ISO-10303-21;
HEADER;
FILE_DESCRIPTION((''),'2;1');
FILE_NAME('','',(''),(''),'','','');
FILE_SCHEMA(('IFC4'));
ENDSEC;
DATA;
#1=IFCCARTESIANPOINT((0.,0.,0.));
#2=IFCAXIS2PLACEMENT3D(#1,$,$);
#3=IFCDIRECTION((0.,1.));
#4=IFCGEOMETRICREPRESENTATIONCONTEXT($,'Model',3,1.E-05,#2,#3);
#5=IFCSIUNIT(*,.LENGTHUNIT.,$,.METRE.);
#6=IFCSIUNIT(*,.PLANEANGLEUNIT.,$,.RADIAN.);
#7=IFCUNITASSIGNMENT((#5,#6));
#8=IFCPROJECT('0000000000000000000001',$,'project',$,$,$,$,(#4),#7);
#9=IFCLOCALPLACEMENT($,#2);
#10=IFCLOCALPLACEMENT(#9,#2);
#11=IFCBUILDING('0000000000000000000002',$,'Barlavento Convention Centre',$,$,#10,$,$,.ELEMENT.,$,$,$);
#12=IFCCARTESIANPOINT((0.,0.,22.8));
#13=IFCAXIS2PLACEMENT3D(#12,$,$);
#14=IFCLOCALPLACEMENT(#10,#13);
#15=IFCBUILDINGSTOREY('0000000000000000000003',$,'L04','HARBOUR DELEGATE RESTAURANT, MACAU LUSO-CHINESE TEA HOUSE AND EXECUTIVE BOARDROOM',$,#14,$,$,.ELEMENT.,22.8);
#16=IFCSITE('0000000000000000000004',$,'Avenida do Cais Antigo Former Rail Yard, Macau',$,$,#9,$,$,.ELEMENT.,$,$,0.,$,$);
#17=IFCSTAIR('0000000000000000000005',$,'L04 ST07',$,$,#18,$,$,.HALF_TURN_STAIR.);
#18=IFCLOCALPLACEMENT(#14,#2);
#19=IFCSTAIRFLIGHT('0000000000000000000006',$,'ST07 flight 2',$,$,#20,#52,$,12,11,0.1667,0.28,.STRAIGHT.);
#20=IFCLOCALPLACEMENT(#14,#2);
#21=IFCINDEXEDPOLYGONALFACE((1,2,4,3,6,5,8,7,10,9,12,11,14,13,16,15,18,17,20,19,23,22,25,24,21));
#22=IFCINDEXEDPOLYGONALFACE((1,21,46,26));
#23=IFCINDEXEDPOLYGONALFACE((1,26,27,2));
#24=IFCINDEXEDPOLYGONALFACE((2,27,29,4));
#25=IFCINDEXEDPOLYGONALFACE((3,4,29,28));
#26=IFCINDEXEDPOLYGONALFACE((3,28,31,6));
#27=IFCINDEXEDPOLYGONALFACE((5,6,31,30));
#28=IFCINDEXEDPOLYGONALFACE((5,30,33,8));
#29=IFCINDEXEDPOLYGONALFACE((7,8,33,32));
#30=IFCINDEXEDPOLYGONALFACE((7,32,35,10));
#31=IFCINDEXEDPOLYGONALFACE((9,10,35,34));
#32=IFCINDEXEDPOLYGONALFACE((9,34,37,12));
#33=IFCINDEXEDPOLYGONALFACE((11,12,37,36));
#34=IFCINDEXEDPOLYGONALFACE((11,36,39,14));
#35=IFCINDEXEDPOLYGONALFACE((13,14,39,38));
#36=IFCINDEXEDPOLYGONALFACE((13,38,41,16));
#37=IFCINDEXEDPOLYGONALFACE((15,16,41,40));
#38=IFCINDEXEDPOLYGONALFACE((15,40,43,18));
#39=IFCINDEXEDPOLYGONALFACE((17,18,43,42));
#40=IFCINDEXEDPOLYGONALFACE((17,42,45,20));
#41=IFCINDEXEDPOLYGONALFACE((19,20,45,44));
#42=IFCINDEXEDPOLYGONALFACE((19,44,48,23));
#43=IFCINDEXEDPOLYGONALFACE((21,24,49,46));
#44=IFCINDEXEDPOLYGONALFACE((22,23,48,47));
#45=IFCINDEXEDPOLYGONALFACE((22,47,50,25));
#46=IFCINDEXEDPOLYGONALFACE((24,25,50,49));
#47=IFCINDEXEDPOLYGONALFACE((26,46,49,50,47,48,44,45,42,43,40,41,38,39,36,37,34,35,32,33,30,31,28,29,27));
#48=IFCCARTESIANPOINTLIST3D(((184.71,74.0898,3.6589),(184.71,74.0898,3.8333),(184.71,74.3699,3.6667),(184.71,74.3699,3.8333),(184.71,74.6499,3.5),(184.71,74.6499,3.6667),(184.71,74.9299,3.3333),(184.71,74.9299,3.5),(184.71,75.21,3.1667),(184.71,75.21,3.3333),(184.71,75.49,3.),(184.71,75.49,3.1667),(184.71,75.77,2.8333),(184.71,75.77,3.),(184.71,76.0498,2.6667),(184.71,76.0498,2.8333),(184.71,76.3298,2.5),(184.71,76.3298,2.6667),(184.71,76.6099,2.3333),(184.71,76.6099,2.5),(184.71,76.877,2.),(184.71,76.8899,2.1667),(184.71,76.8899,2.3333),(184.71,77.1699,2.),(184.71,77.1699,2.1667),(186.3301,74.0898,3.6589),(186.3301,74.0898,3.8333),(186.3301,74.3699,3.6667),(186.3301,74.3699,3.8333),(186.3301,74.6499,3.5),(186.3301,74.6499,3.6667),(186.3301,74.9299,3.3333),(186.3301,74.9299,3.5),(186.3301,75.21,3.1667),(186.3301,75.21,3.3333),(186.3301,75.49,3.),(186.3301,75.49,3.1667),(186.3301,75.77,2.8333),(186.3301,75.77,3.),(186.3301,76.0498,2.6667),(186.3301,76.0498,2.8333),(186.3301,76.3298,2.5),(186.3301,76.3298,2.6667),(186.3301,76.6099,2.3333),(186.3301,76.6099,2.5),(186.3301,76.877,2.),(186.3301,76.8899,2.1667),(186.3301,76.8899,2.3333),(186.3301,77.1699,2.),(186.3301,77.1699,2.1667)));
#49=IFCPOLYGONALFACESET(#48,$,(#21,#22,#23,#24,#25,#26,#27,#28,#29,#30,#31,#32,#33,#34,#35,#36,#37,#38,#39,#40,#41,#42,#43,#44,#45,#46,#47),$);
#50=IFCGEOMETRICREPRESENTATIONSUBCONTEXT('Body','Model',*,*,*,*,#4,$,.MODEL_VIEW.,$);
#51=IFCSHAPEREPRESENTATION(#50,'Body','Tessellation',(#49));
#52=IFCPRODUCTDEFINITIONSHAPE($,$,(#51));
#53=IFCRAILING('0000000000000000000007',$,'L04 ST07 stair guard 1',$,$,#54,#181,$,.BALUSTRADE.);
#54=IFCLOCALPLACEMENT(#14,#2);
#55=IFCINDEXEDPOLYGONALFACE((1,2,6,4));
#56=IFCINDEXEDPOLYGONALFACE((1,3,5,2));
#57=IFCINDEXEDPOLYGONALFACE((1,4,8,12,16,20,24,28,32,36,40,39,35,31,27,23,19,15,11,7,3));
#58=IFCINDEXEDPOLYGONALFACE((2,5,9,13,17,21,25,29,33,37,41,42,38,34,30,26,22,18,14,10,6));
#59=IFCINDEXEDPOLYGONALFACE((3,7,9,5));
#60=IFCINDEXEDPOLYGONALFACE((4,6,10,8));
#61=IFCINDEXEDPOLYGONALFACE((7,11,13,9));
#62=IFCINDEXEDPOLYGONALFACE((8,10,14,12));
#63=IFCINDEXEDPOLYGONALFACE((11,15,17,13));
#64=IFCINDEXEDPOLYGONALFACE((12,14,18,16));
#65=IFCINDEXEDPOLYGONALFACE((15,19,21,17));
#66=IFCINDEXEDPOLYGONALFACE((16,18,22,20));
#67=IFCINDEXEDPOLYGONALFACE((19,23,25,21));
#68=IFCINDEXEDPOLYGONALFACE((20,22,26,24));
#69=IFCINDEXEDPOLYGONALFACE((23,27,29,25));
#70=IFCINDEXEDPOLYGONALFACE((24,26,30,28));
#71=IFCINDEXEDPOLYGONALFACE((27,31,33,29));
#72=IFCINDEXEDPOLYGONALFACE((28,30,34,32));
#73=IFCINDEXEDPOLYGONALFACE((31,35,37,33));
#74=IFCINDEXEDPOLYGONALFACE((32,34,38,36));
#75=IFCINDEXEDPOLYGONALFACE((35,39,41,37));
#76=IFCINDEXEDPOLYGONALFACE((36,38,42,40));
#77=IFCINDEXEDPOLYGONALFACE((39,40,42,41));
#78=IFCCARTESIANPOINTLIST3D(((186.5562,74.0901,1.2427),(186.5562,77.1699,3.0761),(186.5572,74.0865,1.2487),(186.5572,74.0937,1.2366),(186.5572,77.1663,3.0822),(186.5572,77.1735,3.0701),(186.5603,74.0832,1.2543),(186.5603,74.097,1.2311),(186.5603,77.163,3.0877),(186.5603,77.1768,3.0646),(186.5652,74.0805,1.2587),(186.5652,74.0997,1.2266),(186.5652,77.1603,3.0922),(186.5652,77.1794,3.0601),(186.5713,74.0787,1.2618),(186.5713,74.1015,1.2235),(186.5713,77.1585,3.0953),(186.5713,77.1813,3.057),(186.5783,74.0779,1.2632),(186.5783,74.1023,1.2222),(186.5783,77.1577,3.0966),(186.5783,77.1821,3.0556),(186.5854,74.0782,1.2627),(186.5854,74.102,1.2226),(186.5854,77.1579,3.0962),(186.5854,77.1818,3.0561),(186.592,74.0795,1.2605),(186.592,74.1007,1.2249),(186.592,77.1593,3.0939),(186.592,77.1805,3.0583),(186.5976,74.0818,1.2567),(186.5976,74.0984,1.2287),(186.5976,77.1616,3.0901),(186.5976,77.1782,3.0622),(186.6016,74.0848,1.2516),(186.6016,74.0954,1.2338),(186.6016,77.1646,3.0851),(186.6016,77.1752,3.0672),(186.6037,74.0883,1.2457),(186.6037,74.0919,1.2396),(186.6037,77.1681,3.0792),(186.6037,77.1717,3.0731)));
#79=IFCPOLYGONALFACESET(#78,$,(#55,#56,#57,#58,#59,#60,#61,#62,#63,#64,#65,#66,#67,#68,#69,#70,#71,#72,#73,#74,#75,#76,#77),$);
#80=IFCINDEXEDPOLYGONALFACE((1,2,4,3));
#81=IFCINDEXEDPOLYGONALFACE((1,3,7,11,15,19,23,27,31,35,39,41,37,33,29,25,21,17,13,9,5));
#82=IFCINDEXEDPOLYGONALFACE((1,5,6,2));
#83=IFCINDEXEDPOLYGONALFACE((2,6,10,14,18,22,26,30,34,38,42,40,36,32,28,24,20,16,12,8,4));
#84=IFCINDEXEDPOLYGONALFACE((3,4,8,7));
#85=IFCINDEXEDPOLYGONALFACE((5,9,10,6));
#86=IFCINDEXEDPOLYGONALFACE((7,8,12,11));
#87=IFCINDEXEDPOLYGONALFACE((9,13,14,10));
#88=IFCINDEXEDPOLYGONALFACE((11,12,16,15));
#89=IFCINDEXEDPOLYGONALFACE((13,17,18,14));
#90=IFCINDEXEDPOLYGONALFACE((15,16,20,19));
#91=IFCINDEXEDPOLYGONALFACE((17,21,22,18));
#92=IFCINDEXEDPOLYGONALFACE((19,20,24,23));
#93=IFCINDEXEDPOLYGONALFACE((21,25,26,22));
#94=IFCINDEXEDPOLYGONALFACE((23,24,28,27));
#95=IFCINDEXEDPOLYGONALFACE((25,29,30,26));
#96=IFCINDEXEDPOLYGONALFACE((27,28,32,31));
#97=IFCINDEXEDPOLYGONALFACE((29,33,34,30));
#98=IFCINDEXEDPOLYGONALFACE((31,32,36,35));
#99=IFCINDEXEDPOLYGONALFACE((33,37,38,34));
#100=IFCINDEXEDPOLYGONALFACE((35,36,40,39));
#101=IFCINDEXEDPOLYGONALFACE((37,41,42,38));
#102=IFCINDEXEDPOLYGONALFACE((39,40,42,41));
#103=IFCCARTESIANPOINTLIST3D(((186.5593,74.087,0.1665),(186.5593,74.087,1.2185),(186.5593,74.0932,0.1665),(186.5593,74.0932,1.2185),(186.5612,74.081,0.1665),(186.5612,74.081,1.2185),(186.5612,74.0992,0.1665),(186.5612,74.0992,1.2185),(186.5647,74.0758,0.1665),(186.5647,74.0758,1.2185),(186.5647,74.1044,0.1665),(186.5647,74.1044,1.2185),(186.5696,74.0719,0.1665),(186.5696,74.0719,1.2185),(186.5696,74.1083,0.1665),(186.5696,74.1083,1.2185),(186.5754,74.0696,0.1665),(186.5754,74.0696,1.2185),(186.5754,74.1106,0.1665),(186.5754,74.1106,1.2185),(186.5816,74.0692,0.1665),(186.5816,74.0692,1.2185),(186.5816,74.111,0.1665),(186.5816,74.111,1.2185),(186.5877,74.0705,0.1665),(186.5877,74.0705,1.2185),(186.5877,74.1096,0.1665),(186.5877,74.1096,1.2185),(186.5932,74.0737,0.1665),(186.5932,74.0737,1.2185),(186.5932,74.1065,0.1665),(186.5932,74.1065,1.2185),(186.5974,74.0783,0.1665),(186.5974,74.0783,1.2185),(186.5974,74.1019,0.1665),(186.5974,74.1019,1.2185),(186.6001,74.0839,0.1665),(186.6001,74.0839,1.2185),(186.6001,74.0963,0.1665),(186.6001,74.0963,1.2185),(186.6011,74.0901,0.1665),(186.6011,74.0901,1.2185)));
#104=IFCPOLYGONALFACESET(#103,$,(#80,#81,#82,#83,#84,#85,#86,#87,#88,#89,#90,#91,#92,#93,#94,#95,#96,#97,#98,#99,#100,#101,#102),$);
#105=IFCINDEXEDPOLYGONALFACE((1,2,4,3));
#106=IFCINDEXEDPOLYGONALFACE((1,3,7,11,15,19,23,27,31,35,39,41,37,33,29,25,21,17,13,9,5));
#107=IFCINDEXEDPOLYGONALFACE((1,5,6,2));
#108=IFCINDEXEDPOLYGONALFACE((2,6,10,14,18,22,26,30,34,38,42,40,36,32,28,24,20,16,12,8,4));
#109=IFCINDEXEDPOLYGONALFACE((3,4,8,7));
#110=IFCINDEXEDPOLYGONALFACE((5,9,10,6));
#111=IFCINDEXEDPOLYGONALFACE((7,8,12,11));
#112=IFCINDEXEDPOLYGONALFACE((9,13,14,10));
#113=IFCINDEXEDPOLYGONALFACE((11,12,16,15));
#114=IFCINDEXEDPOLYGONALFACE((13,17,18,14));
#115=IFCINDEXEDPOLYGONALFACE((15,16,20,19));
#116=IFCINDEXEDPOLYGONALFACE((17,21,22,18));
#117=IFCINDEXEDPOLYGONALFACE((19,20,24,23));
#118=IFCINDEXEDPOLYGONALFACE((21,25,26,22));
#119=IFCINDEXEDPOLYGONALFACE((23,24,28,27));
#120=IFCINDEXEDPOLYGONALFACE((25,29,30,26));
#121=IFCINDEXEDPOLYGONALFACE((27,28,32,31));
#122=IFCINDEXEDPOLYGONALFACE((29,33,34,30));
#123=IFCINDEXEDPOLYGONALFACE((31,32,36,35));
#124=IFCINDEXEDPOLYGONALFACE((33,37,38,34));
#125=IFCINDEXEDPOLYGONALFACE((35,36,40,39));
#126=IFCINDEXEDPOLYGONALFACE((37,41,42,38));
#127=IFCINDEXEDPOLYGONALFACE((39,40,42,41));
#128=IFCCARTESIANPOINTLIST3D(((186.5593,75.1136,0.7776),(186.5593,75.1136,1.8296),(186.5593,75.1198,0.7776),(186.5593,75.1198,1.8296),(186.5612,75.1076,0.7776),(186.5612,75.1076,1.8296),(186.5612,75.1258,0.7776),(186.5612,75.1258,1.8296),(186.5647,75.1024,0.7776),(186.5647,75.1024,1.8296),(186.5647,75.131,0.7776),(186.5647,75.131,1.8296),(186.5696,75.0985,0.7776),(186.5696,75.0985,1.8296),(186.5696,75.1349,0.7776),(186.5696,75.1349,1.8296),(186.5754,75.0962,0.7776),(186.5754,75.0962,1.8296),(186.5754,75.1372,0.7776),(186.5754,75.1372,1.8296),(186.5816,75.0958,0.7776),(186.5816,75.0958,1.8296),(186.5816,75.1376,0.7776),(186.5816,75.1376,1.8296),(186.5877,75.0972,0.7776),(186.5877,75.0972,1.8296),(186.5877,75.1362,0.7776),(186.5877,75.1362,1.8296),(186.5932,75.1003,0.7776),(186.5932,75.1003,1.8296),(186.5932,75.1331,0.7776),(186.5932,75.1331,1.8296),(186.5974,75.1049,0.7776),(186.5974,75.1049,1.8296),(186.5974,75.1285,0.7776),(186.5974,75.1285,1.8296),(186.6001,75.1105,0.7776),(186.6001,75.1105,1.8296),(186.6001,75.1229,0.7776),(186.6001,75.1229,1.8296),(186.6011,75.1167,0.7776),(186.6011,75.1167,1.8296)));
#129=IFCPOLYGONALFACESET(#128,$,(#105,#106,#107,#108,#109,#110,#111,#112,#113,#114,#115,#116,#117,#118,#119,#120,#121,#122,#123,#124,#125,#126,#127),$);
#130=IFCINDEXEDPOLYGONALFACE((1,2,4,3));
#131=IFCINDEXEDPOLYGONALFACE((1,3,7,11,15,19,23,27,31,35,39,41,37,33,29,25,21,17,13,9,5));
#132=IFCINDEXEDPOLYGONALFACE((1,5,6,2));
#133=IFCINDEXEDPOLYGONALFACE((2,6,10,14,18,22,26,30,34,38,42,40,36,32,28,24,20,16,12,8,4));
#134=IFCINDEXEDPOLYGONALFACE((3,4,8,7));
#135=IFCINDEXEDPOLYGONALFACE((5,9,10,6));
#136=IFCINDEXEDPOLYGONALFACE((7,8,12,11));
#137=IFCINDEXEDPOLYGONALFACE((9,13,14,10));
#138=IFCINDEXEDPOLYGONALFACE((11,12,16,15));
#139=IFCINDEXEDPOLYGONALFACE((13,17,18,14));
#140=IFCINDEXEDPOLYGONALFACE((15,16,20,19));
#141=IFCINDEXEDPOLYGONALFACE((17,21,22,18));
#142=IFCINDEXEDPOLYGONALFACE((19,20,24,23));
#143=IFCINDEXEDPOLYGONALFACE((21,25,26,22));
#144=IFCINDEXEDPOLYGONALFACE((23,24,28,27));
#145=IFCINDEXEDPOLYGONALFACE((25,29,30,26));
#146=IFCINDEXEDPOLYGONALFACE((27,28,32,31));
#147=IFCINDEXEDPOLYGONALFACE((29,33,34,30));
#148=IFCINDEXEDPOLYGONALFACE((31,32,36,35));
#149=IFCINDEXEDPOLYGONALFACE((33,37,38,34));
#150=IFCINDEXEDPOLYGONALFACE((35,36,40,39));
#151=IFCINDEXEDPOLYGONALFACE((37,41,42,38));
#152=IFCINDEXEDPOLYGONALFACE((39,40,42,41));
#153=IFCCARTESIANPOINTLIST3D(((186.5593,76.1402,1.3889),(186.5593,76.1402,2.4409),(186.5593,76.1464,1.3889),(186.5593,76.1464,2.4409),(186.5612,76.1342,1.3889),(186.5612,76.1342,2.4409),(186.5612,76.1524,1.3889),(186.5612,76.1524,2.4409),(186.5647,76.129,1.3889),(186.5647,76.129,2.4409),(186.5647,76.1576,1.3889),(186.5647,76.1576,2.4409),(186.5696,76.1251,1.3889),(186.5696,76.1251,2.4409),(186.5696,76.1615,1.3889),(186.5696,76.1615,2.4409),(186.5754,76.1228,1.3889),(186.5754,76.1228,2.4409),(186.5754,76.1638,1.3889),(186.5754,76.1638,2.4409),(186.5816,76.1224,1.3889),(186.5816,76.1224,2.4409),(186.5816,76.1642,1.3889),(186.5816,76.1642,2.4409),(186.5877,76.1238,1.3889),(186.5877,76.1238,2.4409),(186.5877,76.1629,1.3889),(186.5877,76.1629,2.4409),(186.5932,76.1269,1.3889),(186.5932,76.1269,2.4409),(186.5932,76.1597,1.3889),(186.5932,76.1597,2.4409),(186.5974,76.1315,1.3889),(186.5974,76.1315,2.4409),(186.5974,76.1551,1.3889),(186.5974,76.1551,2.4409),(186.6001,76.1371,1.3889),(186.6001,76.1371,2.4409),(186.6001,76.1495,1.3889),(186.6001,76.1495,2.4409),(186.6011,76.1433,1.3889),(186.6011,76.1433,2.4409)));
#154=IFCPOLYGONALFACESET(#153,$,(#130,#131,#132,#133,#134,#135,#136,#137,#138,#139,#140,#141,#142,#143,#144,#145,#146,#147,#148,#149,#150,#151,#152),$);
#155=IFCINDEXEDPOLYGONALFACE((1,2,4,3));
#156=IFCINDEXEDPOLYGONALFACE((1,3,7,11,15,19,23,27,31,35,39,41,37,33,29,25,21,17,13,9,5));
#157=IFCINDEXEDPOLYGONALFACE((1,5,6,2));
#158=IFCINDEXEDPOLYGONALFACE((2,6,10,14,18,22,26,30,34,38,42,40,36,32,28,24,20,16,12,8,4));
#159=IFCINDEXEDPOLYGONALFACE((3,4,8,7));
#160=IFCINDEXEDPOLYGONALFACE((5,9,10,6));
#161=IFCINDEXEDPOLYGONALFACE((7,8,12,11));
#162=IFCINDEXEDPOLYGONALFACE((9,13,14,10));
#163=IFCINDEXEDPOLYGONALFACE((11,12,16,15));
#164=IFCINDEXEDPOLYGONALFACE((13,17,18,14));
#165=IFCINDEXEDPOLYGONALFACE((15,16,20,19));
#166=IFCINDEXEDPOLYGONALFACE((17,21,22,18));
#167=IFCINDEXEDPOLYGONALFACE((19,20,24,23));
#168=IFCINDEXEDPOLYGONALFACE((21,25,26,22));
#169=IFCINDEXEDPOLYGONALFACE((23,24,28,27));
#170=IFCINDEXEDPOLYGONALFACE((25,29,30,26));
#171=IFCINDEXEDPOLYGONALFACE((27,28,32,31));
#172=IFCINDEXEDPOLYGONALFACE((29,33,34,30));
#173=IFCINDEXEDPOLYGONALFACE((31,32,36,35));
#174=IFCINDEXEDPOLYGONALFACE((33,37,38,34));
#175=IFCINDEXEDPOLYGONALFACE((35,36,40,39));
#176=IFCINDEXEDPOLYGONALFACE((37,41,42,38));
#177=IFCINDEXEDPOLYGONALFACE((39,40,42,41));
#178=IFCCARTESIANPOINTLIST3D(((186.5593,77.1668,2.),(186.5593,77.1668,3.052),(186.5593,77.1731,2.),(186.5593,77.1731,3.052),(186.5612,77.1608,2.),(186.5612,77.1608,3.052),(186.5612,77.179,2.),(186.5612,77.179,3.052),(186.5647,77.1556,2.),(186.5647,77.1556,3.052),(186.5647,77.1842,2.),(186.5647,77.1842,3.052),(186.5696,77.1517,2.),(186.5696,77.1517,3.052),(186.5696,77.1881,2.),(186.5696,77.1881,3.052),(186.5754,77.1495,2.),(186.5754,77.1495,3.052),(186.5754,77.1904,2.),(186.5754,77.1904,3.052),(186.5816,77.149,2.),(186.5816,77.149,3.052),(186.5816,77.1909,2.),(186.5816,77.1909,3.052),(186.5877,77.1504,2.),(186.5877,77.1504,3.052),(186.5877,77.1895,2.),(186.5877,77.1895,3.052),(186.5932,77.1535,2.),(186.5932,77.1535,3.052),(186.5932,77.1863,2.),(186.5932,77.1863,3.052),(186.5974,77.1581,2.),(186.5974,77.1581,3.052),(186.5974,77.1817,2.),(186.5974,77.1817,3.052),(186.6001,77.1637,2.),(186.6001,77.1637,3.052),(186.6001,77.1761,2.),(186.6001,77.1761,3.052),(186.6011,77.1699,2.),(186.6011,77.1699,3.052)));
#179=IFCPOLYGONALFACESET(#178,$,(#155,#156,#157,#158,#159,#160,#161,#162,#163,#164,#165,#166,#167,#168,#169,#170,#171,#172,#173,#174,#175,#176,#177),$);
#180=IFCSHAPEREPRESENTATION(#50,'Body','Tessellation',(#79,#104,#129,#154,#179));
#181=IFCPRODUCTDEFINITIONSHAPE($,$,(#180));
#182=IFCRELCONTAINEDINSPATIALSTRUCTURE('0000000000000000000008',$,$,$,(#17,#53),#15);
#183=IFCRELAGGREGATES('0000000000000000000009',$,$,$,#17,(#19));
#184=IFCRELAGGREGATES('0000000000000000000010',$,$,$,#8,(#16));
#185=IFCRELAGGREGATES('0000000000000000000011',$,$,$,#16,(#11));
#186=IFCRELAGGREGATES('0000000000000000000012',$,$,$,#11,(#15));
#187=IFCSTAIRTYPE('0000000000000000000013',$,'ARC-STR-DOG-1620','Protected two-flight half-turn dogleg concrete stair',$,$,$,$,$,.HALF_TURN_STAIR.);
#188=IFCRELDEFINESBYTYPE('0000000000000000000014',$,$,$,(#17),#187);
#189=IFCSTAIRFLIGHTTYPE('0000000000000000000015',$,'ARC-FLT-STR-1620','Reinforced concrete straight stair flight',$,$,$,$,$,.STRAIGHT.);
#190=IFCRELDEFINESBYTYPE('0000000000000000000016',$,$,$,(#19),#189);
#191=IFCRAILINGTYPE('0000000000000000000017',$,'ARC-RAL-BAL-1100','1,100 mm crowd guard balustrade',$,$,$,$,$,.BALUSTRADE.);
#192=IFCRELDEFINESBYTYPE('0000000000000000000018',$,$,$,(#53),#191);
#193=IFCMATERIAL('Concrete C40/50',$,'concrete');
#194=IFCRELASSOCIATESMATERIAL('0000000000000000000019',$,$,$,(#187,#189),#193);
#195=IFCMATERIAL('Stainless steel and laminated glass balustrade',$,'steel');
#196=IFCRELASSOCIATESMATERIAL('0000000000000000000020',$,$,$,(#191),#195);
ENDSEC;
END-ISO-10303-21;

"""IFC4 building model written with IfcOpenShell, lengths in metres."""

from ifc_helpers import new_model, si_unit, direction, frame, origin, origin_2d, place, context, subcontext, project, spatial, polyline, circle, outline, extrude, material, type_object, element, aggregate, save


model = new_model("IFC4")

# Units and contexts
model_context = context("Model", 3, precision=1e-05, world=origin(), true_north=direction((0.0, 1.0)))
body_context = subcontext(model_context, "Body", "Model", "MODEL_VIEW")
ifc_project = project(units=[si_unit("LENGTHUNIT", "METRE"), si_unit("PLANEANGLEUNIT", "RADIAN")], contexts=[model_context])

# Site, building, storey
site_placement = place(None, origin())
site = spatial("IfcSite", under=ifc_project, at=site_placement, Name="Avenida do Cais Antigo Former Rail Yard, Macau", CompositionType="ELEMENT", RefElevation=0.0)
building_placement = place(site_placement, origin())
building = spatial("IfcBuilding", under=site, at=building_placement, Name="Barlavento Convention Centre", CompositionType="ELEMENT")
storey_placement = place(building_placement, frame((0.0, 0.0, 22.8)))
storey = spatial("IfcBuildingStorey", under=building, at=storey_placement, Name="L04", Description="HARBOUR DELEGATE RESTAURANT, MACAU LUSO-CHINESE TEA HOUSE AND EXECUTIVE BOARDROOM", CompositionType="ELEMENT", Elevation=22.8)

# Stair, stair flight
ifc_material_1 = material(Name="Concrete C40/50", Category="concrete")
stair_type = type_object("IfcStairType", Name="ARC-STR-DOG-1620", Description="Protected two-flight half-turn dogleg concrete stair", PredefinedType="HALF_TURN_STAIR", material=ifc_material_1)
stair_placement = place(storey_placement, origin())
stair = element("IfcStair", 1, at=stair_placement, inside=storey, type_object=stair_type, Name="L04 ST07", PredefinedType="HALF_TURN_STAIR")
stair_flight_type = type_object("IfcStairFlightType", Name="ARC-FLT-STR-1620", Description="Reinforced concrete straight stair flight", PredefinedType="STRAIGHT", material=ifc_material_1)
stair_flight_1_placement = place(storey_placement, frame((185.52, 77.1699, 2.0), z_axis=(0.0, 0.0, 1.0), x_axis=(0.0, -1.0, 0.0)))
stair_flight_1 = element("IfcStairFlight", 2, at=stair_flight_1_placement, type_object=stair_flight_type, Name="ST07 flight 2", NumberOfRisers=12, NumberOfTreads=11, PredefinedType="STRAIGHT", RiserHeight=0.1667, TreadLength=0.28, context=body_context, shape_type="SweptSolid", body=[
    extrude(outline(polyline([(0.0, 0.0), (0.0, 0.1667), (0.28, 0.1667), (0.28, 0.3333), (0.5601, 0.3333), (0.5601, 0.5), (0.8401, 0.5), (0.8401, 0.6667), (1.1201, 0.6667), (1.1201, 0.8333), (1.3999, 0.8333), (1.3999, 1.0), (1.6799, 1.0), (1.6799, 1.1667), (1.96, 1.1667), (1.96, 1.3333), (2.24, 1.3333), (2.24, 1.5), (2.52, 1.5), (2.52, 1.6667), (2.8, 1.6667), (2.8, 1.8333), (3.0801, 1.8333), (3.0801, 2.0), (3.0801, 1.6589), (0.293, 0.0), (0.0, 0.0)])), frame((0.0, 0.8101, 0.0), z_axis=(0.0, -1.0, 0.0), x_axis=(1.0, 0.0, 0.0)), (0.0, 0.0, 1.0), 1.6201),
])
aggregate(stair, [stair_flight_1])

# Railing
ifc_material_2 = material(Name="Stainless steel and laminated glass balustrade", Category="steel")
railing_type_1 = type_object("IfcRailingType", Name="ARC-RAL-BAL-1100", Description="1,100 mm crowd guard balustrade", PredefinedType="BALUSTRADE", material=ifc_material_2)
railing_1_placement = place(storey_placement, frame((186.5801, 74.0901, 0.1665)))
element("IfcRailing", 3, at=railing_1_placement, inside=storey, type_object=railing_type_1, Name="L04 ST07 stair guard 1", PredefinedType="BALUSTRADE", context=body_context, shape_type="SweptSolid", body=[
    extrude(circle(Radius=0.0239, at=origin_2d()), frame((0.0, 0.0, 1.0762), z_axis=(0.0, 0.859261, 0.511538), x_axis=(-1.0, 0.0, 0.0)), (0.0, 0.0, 1.0), 3.5842),
    extrude(circle(Radius=0.021, at=origin_2d()), origin(), (0.0, 0.0, 1.0), 1.052),
    extrude(circle(Radius=0.021, at=origin_2d()), frame((0.0, 1.0266, 0.6111)), (0.0, 0.0, 1.0), 1.052),
    extrude(circle(Radius=0.021, at=origin_2d()), frame((0.0, 2.0532, 1.2224)), (0.0, 0.0, 1.0), 1.052),
    extrude(circle(Radius=0.021, at=origin_2d()), frame((0.0, 3.0798, 1.8335)), (0.0, 0.0, 1.0), 1.052),
])

save(model, "model.ifc")
